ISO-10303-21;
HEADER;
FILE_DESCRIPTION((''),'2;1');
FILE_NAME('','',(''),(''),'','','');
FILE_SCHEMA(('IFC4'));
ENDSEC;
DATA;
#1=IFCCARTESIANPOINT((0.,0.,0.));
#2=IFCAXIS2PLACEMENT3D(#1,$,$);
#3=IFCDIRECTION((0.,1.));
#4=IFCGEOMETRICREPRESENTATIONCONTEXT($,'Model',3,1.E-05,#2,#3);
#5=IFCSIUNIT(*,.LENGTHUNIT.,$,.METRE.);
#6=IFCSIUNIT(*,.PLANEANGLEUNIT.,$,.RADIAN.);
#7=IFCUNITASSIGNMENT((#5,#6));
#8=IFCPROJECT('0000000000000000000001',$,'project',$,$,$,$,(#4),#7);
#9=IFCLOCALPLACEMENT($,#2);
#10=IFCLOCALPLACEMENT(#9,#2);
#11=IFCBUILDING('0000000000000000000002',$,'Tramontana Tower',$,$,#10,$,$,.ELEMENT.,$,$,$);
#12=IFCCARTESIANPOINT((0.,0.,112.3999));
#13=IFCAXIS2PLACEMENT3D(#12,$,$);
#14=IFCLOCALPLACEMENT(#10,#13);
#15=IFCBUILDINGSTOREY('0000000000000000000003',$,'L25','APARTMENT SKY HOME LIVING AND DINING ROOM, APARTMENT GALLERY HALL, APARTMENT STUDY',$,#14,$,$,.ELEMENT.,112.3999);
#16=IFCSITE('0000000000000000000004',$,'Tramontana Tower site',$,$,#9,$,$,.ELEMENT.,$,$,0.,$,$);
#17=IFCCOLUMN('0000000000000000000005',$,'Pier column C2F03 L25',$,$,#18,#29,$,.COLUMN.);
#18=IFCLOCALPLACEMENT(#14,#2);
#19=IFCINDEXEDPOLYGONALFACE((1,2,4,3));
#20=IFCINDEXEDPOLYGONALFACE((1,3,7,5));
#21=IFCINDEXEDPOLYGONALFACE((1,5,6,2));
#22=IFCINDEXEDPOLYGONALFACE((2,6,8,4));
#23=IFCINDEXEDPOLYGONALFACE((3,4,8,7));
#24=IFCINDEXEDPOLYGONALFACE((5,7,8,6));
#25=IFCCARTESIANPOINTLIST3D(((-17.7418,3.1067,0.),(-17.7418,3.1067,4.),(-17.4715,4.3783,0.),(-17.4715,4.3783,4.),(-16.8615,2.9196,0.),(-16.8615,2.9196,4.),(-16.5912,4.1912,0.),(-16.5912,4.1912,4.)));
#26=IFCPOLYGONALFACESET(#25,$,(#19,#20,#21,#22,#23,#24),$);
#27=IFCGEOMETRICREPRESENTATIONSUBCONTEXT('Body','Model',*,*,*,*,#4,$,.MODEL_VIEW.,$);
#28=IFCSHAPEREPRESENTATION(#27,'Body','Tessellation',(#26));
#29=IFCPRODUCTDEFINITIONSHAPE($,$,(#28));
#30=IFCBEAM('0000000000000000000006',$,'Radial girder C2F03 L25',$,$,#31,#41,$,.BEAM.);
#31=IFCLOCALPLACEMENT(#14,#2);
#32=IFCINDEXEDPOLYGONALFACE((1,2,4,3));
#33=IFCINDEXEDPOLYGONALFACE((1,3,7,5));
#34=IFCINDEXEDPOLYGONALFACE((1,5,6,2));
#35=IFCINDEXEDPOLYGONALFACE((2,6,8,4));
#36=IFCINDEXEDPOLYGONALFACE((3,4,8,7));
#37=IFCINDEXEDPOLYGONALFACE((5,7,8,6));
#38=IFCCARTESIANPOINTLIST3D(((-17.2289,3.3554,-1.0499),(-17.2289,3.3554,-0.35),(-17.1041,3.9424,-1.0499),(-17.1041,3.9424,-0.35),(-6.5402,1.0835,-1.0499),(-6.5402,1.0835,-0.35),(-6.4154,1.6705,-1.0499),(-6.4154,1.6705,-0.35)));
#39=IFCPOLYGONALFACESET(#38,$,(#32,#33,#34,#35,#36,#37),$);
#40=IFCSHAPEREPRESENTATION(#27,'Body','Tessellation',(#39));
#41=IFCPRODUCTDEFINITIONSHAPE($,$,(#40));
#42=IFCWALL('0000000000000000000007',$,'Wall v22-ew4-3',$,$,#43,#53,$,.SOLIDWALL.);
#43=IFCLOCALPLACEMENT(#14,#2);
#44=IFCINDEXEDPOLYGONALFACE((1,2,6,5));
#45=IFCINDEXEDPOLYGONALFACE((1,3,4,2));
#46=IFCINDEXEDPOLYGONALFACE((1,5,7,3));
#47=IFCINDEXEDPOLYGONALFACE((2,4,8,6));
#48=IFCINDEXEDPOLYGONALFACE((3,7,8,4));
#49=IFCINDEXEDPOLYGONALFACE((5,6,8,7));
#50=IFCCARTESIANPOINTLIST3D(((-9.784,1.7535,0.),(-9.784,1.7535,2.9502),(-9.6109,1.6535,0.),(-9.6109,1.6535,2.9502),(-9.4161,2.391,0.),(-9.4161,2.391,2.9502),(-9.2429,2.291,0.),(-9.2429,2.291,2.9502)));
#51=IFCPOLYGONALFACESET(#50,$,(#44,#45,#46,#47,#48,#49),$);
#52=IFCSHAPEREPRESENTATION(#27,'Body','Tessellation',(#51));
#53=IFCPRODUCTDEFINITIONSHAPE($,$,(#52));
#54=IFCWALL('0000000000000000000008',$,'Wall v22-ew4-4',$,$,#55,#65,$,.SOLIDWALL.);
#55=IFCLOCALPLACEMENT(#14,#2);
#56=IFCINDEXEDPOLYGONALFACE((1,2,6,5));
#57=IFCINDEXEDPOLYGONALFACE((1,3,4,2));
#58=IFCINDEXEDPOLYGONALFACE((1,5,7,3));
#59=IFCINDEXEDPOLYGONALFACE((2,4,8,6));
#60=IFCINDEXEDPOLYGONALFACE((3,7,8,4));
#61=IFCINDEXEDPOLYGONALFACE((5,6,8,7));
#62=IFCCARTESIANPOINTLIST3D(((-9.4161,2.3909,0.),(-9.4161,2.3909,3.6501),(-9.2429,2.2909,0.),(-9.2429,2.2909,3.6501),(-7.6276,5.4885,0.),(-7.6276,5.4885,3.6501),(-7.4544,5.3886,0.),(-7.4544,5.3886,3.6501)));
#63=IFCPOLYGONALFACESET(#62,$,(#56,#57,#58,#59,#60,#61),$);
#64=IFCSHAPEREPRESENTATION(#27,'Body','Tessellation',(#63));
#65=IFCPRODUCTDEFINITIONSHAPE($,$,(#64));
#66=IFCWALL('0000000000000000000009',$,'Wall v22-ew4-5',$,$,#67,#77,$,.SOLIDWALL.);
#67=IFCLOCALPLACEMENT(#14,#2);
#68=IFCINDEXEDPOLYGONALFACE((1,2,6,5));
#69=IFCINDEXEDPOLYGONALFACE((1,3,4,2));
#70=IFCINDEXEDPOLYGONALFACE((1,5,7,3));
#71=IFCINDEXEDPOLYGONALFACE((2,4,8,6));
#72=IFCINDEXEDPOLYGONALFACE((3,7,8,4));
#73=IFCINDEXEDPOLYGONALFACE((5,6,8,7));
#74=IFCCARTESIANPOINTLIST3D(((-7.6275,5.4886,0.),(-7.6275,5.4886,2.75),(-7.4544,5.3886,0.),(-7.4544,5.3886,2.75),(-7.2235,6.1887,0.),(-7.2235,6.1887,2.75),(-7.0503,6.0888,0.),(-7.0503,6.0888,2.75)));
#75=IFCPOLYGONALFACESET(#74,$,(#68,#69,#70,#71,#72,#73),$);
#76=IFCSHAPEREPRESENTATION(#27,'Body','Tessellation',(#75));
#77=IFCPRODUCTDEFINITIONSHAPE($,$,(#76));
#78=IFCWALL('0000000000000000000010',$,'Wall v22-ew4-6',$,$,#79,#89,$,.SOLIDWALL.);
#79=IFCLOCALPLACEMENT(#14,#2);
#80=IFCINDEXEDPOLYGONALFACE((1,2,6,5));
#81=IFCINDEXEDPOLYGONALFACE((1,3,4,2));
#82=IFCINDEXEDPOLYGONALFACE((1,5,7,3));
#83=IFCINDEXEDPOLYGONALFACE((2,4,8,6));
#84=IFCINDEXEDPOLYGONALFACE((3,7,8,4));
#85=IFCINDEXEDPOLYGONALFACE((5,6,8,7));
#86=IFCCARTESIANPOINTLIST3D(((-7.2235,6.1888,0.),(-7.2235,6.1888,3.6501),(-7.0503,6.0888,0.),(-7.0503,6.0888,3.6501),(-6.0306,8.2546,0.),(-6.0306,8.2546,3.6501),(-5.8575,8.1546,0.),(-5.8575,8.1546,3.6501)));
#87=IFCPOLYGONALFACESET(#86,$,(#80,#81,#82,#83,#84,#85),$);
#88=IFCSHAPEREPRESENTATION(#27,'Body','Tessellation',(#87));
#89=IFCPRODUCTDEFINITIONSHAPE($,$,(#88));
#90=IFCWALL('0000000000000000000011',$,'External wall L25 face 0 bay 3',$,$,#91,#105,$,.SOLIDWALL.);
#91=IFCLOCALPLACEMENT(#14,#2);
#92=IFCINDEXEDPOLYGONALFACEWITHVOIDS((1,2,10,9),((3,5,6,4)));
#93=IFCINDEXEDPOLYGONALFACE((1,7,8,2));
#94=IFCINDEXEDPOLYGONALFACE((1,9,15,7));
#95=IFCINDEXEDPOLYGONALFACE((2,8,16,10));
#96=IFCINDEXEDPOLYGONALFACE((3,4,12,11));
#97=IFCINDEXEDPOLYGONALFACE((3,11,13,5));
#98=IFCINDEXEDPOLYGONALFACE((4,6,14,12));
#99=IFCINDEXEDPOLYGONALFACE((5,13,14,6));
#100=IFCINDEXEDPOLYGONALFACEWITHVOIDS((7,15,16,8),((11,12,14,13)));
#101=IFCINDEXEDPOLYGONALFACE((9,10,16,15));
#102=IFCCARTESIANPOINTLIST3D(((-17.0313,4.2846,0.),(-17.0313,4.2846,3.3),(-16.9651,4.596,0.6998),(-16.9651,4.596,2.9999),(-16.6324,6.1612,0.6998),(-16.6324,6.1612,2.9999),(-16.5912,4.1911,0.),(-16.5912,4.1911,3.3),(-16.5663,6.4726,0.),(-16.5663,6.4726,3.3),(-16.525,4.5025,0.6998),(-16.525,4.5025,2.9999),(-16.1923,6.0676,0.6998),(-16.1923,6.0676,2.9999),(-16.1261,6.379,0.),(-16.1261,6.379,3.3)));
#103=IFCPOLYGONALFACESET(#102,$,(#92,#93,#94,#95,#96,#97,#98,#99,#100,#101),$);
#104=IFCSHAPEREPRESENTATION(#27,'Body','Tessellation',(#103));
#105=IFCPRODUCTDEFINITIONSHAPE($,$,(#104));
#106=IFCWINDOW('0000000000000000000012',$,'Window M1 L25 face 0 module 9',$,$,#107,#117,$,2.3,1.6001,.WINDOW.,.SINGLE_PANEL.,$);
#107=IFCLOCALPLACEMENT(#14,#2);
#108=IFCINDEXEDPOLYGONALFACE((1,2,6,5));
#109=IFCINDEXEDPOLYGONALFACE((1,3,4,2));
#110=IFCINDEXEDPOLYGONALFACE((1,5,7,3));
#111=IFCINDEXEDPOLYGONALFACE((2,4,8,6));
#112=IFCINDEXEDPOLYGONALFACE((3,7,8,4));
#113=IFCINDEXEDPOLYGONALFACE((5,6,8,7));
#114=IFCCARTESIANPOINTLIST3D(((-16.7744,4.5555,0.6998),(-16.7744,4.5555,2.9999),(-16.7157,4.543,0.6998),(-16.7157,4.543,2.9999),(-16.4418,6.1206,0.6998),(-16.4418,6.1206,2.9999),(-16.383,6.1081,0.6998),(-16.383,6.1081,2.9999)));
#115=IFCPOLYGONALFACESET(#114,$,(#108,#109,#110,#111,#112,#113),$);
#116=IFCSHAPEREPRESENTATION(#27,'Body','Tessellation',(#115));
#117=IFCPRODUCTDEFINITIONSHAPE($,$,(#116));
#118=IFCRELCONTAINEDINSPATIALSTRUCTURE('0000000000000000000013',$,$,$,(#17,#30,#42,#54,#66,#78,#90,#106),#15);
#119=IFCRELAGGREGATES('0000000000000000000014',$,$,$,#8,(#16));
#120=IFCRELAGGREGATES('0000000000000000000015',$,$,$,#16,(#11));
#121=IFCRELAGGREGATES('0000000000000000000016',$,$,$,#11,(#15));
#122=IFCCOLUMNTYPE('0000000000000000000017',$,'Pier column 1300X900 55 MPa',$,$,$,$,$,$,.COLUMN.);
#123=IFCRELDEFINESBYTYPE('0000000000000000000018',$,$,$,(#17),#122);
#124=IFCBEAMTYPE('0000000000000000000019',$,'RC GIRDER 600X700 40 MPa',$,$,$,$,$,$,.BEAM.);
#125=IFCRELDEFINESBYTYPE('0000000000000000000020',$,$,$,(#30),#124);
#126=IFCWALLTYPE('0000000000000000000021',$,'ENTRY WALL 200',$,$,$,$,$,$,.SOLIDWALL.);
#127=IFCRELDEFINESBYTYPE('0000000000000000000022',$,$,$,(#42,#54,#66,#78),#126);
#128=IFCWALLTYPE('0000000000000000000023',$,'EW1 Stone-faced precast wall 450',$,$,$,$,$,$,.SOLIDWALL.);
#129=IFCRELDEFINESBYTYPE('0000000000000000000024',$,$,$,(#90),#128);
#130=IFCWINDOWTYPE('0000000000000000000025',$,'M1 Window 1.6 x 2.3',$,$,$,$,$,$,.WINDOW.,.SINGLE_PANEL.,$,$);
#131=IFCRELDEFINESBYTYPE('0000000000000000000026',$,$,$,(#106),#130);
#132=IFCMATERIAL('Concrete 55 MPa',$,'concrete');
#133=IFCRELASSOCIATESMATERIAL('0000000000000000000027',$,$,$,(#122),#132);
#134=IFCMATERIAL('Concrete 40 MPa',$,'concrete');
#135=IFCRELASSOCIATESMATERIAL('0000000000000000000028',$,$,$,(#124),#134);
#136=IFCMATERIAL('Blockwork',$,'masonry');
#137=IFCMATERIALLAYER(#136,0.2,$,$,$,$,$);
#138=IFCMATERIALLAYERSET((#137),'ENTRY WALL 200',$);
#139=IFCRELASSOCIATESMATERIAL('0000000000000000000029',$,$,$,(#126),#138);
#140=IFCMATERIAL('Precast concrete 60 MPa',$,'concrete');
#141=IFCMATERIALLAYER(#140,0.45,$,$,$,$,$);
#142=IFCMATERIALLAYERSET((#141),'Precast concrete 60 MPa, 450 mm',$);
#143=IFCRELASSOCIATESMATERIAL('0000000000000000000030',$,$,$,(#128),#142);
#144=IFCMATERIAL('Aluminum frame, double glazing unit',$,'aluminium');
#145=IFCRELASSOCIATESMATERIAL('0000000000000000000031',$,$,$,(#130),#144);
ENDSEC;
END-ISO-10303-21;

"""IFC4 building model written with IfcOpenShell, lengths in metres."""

from ifc_helpers import new_model, si_unit, direction, frame, frame_2d, origin, origin_2d, place, context, subcontext, project, spatial, rectangle, extrude, material, layer, layer_set, material_profile, profile_set, type_object, element, fill, save


model = new_model("IFC4")

# Units and contexts
model_context = context("Model", 3, precision=1e-05, world=origin(), true_north=direction((0.0, 1.0)))
body_context = subcontext(model_context, "Body", "Model", "MODEL_VIEW")
ifc_project = project(units=[si_unit("LENGTHUNIT", "METRE"), si_unit("PLANEANGLEUNIT", "RADIAN")], contexts=[model_context])

# Site, building, storey
site_placement = place(None, origin())
site = spatial("IfcSite", under=ifc_project, at=site_placement, Name="Tramontana Tower site", CompositionType="ELEMENT", RefElevation=0.0)
building_placement = place(site_placement, origin())
building = spatial("IfcBuilding", under=site, at=building_placement, Name="Tramontana Tower", CompositionType="ELEMENT")
storey_placement = place(building_placement, frame((0.0, 0.0, 112.3999)))
storey = spatial("IfcBuildingStorey", under=building, at=storey_placement, Name="L25", Description="APARTMENT SKY HOME LIVING AND DINING ROOM, APARTMENT GALLERY HALL, APARTMENT STUDY", CompositionType="ELEMENT", Elevation=112.3999)

# Column
ifc_material_1 = material(Name="Concrete 55 MPa", Category="concrete")
ifc_material_profile_1 = material_profile(ifc_material_1, rectangle(XDim=1.3, YDim=0.8999, at=origin_2d()), Name="Pier column 1300X900 55 MPa")
ifc_profile_set_1 = profile_set([ifc_material_profile_1], Name="Concrete 55 MPa")
column_type = type_object("IfcColumnType", Name="Pier column 1300X900 55 MPa", PredefinedType="COLUMN", material=ifc_profile_set_1)
column_placement = place(storey_placement, frame((-17.1665, 3.6489, 0.0), z_axis=(0.0, 0.0, 1.0), x_axis=(-0.207912, -0.978148, 0.0)))
element("IfcColumn", 1, at=column_placement, inside=storey, type_object=column_type, Name="Pier column C2F03 L25", PredefinedType="COLUMN", context=body_context, shape_type="SweptSolid", body=[
    extrude(rectangle(XDim=1.3, YDim=0.8999, at=origin_2d()), origin(), (0.0, 0.0, 1.0), 4.0),
])

# Beam
ifc_material_2 = material(Name="Concrete 40 MPa", Category="concrete")
ifc_material_profile_2 = material_profile(ifc_material_2, rectangle(XDim=0.6001, YDim=0.7, at=origin_2d()), Name="RC GIRDER 600X700 40 MPa")
ifc_profile_set_2 = profile_set([ifc_material_profile_2], Name="Concrete 40 MPa")
beam_type = type_object("IfcBeamType", Name="RC GIRDER 600X700 40 MPa", PredefinedType="BEAM", material=ifc_profile_set_2)
beam_placement = place(storey_placement, frame((-17.1665, 3.6489, -0.7), z_axis=(0.978147, -0.207913, 0.0), x_axis=(0.207913, 0.978147, 0.0)))
element("IfcBeam", 2, at=beam_placement, inside=storey, type_object=beam_type, Name="Radial girder C2F03 L25", PredefinedType="BEAM", context=body_context, shape_type="SweptSolid", body=[
    extrude(rectangle(XDim=0.6001, YDim=0.7, at=origin_2d()), origin(), (0.0, 0.0, 1.0), 10.9275),
])

# Walls
ifc_material_3 = material(Name="Blockwork", Category="masonry")
ifc_layer_1 = layer(ifc_material_3, 0.2)
ifc_layer_set_1 = layer_set([ifc_layer_1], Name="ENTRY WALL 200")
wall_type_1 = type_object("IfcWallType", Name="ENTRY WALL 200", PredefinedType="SOLIDWALL", material=ifc_layer_set_1)
wall_1_placement = place(storey_placement, frame((-9.6975, 1.7034, 0.0), z_axis=(0.0, 0.0, 1.0), x_axis=(0.499885, 0.866092, 0.0)))
element("IfcWall", 3, at=wall_1_placement, inside=storey, type_object=wall_type_1, Name="Wall v22-ew4-3", PredefinedType="SOLIDWALL", context=body_context, shape_type="SweptSolid", body=[
    extrude(rectangle(XDim=0.7361, YDim=0.2, at=frame_2d((0.3682, 0.0))), origin(), (0.0, 0.0, 1.0), 2.9502),
])
wall_2_placement = place(storey_placement, frame((-9.3296, 2.3408, 0.0), z_axis=(0.0, 0.0, 1.0), x_axis=(0.50003, 0.866008, 0.0)))
element("IfcWall", 4, at=wall_2_placement, inside=storey, type_object=wall_type_1, Name="Wall v22-ew4-4", PredefinedType="SOLIDWALL", context=body_context, shape_type="SweptSolid", body=[
    extrude(rectangle(XDim=3.5769, YDim=0.2, at=frame_2d((1.7886, 0.0))), origin(), (0.0, 0.0, 1.0), 3.6501),
])
wall_3_placement = place(storey_placement, frame((-7.541, 5.4385, 0.0), z_axis=(0.0, 0.0, 1.0), x_axis=(0.49981, 0.866135, 0.0)))
element("IfcWall", 5, at=wall_3_placement, inside=storey, type_object=wall_type_1, Name="Wall v22-ew4-5", PredefinedType="SOLIDWALL", context=body_context, shape_type="SweptSolid", body=[
    extrude(rectangle(XDim=0.8083, YDim=0.2, at=frame_2d((0.4043, 0.0))), origin(), (0.0, 0.0, 1.0), 2.75),
])
wall_4_placement = place(storey_placement, frame((-7.137, 6.1387, 0.0), z_axis=(0.0, 0.0, 1.0), x_axis=(0.500035, 0.866005, 0.0)))
element("IfcWall", 6, at=wall_4_placement, inside=storey, type_object=wall_type_1, Name="Wall v22-ew4-6", PredefinedType="SOLIDWALL", context=body_context, shape_type="SweptSolid", body=[
    extrude(rectangle(XDim=2.3855, YDim=0.2, at=frame_2d((1.1929, 0.0))), origin(), (0.0, 0.0, 1.0), 3.6501),
])

# Wall, opening, window
ifc_material_4 = material(Name="Precast concrete 60 MPa", Category="concrete")
ifc_layer_2 = layer(ifc_material_4, 0.45)
ifc_layer_set_2 = layer_set([ifc_layer_2], Name="Precast concrete 60 MPa, 450 mm")
wall_type_2 = type_object("IfcWallType", Name="EW1 Stone-faced precast wall 450", PredefinedType="SOLIDWALL", material=ifc_layer_set_2)
wall_5_placement = place(storey_placement, frame((-16.3462, 6.4258, 0.0), z_axis=(0.0, 0.0, 1.0), x_axis=(-0.207919, -0.978146, 0.0)))
wall_5 = element("IfcWall", 7, at=wall_5_placement, inside=storey, type_object=wall_type_2, Name="External wall L25 face 0 bay 3", PredefinedType="SOLIDWALL", context=body_context, shape_type="SweptSolid", body=[
    extrude(rectangle(XDim=2.2368, YDim=0.45, at=frame_2d((1.1184, 0.0))), origin(), (0.0, 0.0, 1.0), 3.3),
])
opening_1_placement = place(wall_5_placement, frame((0.3184, 0.0, 0.7)))
opening_1 = element("IfcOpeningElement", 8, at=opening_1_placement, cuts=wall_5, PredefinedType="OPENING", context=body_context, shape_type="SweptSolid", body=[
    extrude(rectangle(XDim=1.6001, YDim=2.3, at=frame_2d((0.8, 1.1499))), frame((0.0, 0.2349, 0.0), z_axis=(0.0, -1.0, 0.0), x_axis=(1.0, 0.0, 0.0)), (0.0, 0.0, 1.0), 0.47),
])
ifc_material_5 = material(Name="Aluminum frame, double glazing unit", Category="aluminium")
window_type = type_object("IfcWindowType", Name="M1 Window 1.6 x 2.3", PartitioningType="SINGLE_PANEL", PredefinedType="WINDOW", material=ifc_material_5)
window_1_placement = place(opening_1_placement, origin())
window_1 = element("IfcWindow", 9, at=window_1_placement, inside=storey, type_object=window_type, Name="Window M1 L25 face 0 module 9", OverallHeight=2.3, OverallWidth=1.6001, PartitioningType="SINGLE_PANEL", PredefinedType="WINDOW", context=body_context, shape_type="SweptSolid", body=[
    extrude(rectangle(XDim=1.6001, YDim=2.3, at=frame_2d((0.8, 1.1499))), frame((0.0, 0.03, 0.0), z_axis=(0.0, -1.0, 0.0), x_axis=(1.0, 0.0, 0.0)), (0.0, 0.0, 1.0), 0.0601),
])
fill(opening_1, window_1)

save(model, "model.ifc")
